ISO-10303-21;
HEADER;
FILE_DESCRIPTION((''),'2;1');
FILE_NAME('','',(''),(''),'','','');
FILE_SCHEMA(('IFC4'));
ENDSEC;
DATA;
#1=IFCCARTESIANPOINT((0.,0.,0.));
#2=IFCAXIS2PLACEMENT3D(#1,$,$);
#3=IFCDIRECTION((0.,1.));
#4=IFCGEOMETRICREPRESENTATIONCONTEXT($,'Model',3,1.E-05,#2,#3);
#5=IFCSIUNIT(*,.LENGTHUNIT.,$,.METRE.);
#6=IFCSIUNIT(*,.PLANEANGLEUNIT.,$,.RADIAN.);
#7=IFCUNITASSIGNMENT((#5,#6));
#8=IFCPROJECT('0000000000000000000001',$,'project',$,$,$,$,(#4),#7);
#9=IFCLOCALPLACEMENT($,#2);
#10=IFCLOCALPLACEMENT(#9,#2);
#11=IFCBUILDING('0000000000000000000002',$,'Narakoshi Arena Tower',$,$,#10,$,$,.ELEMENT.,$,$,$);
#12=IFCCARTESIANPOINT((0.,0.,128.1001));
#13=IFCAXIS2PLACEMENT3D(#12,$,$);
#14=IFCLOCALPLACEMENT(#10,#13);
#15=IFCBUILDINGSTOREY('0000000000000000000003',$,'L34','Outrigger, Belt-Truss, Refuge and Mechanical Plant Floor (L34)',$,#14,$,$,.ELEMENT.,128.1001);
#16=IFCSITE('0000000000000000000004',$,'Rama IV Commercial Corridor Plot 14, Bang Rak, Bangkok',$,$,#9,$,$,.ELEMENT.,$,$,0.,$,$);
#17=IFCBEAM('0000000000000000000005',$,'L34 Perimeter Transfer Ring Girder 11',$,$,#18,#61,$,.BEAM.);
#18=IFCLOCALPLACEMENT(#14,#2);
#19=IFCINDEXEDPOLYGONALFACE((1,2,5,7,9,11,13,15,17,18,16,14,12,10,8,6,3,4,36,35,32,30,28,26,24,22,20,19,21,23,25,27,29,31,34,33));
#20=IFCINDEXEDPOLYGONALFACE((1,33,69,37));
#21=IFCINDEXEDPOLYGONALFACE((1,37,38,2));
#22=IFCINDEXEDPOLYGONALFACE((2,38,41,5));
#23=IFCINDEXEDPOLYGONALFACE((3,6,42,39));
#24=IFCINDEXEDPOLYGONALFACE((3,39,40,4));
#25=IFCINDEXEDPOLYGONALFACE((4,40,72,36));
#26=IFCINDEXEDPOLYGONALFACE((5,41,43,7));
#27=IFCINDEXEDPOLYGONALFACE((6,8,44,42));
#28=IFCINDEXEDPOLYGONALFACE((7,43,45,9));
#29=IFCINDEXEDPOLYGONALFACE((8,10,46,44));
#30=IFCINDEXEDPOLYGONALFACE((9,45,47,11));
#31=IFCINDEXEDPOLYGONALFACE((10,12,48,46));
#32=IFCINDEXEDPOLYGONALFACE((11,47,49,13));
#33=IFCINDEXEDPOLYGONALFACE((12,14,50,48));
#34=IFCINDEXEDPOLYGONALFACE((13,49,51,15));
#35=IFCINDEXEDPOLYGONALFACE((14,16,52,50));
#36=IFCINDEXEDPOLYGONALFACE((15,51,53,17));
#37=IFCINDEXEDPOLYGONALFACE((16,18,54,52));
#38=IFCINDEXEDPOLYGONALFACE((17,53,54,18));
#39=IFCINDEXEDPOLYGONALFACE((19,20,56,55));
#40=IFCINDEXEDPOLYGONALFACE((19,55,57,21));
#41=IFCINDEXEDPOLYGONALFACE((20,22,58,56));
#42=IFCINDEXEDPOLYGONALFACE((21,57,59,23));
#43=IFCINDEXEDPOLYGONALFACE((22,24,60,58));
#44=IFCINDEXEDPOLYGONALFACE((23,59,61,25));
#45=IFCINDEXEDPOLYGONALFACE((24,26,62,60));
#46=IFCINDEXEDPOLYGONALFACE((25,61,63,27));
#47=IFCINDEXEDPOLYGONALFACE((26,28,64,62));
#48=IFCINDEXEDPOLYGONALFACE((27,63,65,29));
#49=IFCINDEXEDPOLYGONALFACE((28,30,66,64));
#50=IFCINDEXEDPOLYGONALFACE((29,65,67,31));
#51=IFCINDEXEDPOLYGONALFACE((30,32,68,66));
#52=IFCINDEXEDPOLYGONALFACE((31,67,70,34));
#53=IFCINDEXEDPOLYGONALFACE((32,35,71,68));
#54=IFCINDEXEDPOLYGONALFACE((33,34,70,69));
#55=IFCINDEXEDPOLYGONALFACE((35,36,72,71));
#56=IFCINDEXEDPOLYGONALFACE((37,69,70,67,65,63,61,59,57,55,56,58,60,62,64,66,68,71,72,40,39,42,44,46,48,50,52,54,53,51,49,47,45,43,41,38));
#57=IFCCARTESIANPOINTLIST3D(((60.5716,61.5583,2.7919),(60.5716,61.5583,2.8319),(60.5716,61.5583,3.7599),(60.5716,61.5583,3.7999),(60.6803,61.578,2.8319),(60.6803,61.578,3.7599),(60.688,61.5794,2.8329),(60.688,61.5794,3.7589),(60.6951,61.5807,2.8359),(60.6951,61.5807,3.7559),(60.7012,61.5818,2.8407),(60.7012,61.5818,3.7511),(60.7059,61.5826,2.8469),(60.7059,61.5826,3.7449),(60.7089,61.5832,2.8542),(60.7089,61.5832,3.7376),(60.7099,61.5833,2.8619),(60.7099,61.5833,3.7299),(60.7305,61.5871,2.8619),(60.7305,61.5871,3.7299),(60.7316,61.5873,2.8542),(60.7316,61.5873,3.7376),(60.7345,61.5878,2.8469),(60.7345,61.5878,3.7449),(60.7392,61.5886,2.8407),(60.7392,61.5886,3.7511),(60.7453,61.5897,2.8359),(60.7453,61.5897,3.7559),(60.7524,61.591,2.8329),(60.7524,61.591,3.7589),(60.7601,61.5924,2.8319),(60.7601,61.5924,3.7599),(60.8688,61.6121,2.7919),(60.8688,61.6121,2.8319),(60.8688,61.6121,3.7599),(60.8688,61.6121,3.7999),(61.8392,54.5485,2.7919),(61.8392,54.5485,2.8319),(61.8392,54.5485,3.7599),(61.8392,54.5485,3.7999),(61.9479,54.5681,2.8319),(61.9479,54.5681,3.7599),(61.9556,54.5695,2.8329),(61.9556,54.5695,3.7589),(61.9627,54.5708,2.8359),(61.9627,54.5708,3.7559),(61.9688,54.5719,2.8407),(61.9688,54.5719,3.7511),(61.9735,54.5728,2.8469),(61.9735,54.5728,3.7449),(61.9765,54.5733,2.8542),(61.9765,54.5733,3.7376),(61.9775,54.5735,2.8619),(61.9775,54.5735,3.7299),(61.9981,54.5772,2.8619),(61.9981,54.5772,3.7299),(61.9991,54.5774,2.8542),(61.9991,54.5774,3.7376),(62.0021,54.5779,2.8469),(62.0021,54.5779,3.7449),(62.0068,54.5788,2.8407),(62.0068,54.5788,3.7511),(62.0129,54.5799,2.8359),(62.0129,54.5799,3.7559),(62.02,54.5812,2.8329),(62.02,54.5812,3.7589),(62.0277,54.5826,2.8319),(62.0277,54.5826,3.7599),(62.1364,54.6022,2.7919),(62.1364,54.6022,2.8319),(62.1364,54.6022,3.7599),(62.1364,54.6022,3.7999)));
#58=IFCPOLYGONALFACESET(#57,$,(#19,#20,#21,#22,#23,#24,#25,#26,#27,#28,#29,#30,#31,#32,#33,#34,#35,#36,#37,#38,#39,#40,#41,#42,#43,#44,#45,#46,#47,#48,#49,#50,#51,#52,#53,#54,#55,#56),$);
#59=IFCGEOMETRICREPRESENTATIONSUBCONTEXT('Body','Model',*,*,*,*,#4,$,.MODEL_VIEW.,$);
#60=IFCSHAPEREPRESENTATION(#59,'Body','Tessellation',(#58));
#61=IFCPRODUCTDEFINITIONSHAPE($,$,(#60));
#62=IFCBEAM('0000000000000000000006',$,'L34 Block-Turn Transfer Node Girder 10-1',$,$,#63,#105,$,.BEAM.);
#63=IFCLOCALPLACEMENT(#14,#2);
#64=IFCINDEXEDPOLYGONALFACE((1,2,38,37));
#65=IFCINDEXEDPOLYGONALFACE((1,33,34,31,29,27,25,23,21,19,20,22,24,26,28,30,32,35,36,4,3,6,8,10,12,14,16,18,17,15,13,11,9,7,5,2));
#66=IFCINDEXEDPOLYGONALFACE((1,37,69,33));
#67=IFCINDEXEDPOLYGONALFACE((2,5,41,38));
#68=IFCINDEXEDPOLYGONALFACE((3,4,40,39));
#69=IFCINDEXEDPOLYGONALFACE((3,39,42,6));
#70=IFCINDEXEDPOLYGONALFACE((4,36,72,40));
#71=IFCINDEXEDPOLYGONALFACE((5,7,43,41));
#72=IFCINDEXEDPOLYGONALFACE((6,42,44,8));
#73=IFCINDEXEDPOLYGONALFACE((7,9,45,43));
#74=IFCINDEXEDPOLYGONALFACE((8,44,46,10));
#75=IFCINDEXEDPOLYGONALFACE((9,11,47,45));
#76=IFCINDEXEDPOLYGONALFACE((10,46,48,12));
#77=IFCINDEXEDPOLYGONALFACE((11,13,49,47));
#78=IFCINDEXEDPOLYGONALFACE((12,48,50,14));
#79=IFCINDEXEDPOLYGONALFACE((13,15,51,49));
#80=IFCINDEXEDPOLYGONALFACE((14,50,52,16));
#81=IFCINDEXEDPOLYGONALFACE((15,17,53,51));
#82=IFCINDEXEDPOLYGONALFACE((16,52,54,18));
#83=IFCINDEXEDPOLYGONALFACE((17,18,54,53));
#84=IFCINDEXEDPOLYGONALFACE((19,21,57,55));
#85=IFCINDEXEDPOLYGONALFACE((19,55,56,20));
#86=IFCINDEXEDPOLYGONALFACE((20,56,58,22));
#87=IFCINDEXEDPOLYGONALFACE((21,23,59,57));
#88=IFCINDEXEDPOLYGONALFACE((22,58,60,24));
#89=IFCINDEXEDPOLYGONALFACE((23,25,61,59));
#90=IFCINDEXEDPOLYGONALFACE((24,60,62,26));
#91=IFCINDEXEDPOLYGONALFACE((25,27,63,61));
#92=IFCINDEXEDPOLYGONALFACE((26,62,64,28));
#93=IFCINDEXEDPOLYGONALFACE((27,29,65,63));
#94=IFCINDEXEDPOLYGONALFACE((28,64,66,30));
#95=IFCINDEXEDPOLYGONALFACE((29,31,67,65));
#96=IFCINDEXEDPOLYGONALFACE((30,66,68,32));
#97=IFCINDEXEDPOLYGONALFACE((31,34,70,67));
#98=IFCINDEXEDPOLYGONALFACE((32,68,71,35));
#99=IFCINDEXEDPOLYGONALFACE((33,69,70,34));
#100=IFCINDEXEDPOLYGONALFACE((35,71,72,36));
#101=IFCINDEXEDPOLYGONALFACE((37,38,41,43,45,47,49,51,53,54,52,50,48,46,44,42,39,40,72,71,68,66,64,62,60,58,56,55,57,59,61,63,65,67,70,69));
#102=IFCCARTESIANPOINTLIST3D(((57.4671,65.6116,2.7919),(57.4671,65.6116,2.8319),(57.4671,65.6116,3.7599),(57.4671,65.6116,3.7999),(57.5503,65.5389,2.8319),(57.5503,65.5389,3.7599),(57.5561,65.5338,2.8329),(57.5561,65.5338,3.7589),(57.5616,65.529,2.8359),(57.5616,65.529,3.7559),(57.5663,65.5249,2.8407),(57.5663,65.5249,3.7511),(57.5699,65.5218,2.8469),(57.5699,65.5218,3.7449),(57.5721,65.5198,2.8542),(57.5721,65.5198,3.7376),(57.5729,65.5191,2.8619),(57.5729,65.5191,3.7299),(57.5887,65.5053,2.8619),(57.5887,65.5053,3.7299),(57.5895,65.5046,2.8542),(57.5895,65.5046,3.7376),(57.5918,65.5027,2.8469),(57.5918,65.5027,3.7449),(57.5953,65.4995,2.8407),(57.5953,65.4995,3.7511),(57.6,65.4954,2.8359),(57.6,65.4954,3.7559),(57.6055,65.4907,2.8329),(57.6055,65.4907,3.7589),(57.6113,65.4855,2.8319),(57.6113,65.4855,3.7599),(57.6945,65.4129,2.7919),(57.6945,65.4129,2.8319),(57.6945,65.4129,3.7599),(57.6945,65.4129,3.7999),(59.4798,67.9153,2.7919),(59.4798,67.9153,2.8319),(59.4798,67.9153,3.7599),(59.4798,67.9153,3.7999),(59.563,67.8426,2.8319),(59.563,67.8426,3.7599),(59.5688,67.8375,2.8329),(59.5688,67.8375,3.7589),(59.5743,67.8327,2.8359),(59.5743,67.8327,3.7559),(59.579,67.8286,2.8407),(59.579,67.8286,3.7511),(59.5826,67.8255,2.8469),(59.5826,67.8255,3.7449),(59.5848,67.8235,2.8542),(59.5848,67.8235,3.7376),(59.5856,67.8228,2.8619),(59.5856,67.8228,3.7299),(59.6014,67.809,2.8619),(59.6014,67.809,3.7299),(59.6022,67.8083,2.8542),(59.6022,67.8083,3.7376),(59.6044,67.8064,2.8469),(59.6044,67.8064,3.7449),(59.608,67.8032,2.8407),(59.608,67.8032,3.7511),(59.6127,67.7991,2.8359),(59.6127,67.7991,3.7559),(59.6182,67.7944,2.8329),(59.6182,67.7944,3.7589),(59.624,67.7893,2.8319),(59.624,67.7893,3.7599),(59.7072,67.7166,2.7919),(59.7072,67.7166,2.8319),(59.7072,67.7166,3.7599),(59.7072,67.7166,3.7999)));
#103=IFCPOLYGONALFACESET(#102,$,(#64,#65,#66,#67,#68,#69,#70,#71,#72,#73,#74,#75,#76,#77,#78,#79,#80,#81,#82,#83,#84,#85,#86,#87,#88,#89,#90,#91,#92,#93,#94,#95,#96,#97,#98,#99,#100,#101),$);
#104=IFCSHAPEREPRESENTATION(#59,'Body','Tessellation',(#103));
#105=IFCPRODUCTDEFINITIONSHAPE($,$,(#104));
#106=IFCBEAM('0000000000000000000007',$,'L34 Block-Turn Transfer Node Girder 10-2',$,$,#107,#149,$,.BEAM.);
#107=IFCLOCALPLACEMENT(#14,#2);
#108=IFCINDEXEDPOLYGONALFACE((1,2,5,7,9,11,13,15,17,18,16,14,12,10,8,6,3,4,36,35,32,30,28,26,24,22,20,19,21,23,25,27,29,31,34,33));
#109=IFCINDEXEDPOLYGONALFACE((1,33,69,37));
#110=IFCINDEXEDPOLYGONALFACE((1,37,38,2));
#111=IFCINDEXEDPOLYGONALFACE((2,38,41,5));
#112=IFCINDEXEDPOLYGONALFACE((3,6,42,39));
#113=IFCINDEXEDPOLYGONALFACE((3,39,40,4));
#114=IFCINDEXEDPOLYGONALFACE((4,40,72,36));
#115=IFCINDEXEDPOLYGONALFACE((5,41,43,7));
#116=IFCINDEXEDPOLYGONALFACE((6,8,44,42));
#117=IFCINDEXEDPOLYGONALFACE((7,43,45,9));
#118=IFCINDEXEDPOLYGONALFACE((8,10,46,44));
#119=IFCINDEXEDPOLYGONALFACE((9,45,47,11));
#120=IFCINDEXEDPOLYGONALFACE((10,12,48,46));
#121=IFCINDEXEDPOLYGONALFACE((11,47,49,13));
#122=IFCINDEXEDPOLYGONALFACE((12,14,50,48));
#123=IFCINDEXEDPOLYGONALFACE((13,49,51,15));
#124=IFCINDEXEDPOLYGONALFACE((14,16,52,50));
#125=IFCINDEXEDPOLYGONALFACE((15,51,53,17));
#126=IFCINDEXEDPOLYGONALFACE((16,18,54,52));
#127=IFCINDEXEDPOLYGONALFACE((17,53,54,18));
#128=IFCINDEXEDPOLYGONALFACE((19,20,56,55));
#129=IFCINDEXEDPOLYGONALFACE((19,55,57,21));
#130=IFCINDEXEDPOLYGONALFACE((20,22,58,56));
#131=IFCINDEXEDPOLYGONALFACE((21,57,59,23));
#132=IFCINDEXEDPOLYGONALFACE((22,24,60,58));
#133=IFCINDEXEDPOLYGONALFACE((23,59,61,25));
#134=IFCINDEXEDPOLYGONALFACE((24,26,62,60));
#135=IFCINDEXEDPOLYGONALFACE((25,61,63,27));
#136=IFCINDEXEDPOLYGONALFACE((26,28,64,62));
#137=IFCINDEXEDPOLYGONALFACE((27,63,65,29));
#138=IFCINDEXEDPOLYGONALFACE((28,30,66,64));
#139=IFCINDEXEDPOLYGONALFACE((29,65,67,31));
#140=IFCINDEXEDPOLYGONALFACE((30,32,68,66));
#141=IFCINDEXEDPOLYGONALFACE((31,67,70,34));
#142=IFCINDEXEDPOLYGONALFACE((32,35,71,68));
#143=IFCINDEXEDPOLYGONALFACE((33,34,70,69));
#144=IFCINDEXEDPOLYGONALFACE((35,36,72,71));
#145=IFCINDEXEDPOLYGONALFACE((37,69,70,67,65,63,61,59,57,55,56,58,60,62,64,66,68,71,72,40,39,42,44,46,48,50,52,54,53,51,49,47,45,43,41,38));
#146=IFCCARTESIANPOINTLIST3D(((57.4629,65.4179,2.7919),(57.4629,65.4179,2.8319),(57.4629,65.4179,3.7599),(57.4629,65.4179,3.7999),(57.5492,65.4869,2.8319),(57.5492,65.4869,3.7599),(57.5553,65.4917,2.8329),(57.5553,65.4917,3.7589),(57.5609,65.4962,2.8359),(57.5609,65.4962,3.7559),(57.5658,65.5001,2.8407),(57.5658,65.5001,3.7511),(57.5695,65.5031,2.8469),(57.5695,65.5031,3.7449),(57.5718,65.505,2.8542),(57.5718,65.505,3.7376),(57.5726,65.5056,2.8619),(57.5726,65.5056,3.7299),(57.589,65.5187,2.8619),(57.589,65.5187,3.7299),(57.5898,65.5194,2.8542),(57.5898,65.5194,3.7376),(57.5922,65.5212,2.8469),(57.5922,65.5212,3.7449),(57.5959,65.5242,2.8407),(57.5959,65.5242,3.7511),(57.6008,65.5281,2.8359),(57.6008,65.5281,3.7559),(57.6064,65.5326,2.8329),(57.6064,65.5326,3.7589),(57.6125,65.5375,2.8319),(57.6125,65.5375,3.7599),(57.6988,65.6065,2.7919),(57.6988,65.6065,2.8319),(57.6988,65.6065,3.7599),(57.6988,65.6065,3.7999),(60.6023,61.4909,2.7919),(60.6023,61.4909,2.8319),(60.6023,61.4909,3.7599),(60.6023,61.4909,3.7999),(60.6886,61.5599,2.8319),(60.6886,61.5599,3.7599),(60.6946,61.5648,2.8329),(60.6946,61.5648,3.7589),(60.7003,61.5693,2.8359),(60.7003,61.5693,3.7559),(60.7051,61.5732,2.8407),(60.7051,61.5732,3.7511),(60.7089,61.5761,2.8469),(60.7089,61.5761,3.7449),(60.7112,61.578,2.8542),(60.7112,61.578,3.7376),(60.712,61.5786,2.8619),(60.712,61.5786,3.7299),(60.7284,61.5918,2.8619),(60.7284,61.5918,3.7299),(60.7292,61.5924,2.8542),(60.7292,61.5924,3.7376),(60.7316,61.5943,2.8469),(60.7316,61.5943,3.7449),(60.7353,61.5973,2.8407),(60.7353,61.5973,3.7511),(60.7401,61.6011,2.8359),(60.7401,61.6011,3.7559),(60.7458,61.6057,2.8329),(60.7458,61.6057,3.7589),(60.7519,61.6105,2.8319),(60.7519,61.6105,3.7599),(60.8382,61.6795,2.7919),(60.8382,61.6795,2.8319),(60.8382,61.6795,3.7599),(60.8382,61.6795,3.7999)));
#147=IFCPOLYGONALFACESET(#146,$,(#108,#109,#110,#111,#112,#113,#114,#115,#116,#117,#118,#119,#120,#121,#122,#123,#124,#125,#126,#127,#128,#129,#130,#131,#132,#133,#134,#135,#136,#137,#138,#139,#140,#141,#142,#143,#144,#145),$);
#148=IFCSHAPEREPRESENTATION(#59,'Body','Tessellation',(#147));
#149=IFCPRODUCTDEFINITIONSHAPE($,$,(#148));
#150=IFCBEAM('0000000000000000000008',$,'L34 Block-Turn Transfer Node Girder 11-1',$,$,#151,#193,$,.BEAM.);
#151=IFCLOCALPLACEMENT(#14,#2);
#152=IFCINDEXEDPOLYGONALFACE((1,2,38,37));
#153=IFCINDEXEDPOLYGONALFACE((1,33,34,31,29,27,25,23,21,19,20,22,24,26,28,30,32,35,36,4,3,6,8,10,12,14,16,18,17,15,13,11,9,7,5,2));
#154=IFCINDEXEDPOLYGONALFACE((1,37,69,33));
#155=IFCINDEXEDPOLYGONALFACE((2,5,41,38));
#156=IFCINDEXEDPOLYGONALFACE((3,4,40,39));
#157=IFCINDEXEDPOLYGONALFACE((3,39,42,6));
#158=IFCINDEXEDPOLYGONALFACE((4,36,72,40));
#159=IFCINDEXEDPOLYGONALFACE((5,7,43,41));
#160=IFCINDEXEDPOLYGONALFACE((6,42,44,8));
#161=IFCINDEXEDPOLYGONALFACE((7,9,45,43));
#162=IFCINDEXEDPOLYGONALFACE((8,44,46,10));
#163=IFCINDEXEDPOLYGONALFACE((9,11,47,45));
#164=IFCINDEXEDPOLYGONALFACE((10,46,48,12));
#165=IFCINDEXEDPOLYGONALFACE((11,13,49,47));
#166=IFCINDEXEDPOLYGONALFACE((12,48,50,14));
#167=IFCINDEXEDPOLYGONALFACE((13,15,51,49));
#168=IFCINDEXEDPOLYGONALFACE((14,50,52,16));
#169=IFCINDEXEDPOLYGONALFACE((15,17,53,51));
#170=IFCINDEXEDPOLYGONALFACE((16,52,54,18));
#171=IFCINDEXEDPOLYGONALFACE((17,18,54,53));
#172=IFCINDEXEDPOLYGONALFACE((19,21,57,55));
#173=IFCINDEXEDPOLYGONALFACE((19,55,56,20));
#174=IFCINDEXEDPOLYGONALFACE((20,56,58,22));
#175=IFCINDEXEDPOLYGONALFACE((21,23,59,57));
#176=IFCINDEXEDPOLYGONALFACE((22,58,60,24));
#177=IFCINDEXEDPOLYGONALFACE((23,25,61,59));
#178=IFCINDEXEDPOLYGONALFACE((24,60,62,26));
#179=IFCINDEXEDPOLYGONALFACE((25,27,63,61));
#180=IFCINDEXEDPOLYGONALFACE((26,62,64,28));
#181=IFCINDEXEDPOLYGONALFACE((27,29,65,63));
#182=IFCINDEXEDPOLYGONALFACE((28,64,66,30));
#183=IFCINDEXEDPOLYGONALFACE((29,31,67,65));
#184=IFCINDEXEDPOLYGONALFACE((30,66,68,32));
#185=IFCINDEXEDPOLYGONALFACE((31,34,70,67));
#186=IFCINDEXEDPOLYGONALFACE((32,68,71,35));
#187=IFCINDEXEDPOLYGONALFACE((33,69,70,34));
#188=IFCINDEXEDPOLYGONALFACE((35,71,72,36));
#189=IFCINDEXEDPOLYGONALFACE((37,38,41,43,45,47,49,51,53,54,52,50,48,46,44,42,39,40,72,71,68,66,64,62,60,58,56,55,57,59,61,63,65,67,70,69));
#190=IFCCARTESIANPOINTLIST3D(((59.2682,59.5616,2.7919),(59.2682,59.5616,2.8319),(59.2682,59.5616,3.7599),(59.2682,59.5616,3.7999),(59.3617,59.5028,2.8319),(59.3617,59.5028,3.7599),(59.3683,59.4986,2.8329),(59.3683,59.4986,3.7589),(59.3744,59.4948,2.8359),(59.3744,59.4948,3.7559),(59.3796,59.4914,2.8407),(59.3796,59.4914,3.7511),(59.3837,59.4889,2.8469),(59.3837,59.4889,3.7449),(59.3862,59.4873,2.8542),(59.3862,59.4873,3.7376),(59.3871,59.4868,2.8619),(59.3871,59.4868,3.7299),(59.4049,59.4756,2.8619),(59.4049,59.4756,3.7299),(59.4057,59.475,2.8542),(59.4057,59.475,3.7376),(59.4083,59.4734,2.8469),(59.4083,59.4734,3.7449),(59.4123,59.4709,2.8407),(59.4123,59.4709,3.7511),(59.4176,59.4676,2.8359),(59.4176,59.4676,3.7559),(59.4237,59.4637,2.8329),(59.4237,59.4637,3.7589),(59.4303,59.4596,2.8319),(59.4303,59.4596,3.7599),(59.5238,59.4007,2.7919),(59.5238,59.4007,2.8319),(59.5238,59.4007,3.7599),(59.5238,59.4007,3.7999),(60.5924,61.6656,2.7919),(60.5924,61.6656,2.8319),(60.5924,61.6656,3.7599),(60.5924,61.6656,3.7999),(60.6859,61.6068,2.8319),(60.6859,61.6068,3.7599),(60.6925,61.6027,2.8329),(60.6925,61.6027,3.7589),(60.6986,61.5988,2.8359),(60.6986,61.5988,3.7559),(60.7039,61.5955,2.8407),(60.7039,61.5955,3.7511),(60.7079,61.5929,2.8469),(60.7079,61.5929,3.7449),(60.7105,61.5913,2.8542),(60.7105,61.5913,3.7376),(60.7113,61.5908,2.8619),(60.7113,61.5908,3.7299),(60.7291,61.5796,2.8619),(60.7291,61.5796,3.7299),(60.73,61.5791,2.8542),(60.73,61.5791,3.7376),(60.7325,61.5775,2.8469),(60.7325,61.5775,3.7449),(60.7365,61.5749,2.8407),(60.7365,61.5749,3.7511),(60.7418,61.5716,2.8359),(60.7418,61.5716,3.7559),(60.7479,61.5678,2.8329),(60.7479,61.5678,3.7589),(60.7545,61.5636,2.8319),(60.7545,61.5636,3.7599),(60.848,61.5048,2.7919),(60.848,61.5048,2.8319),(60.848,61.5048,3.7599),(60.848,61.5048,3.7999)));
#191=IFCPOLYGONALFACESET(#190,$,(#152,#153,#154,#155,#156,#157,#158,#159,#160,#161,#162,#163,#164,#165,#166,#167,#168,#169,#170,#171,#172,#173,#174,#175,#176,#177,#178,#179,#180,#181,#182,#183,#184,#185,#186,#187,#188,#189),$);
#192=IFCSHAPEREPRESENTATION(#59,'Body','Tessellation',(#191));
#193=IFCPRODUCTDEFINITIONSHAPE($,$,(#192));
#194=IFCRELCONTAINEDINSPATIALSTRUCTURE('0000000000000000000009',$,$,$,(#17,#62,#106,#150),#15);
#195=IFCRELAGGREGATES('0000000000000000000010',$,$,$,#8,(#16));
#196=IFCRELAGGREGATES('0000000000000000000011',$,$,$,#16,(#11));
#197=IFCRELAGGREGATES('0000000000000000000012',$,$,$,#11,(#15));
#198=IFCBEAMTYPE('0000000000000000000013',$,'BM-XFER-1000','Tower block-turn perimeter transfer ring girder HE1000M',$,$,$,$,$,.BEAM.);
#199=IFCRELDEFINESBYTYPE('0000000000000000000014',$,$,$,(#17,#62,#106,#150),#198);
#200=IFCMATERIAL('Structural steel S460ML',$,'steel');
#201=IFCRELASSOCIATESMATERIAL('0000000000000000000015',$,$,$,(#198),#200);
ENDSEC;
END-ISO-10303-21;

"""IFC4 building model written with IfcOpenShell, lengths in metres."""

from ifc_helpers import new_model, si_unit, direction, frame, origin, origin_2d, place, context, subcontext, project, spatial, i_section, extrude, material, material_profile, profile_set, type_object, element, save


model = new_model("IFC4")

# Units and contexts
model_context = context("Model", 3, precision=1e-05, world=origin(), true_north=direction((0.0, 1.0)))
body_context = subcontext(model_context, "Body", "Model", "MODEL_VIEW")
ifc_project = project(units=[si_unit("LENGTHUNIT", "METRE"), si_unit("PLANEANGLEUNIT", "RADIAN")], contexts=[model_context])

# Site, building, storey
site_placement = place(None, origin())
site = spatial("IfcSite", under=ifc_project, at=site_placement, Name="Rama IV Commercial Corridor Plot 14, Bang Rak, Bangkok", CompositionType="ELEMENT", RefElevation=0.0)
building_placement = place(site_placement, origin())
building = spatial("IfcBuilding", under=site, at=building_placement, Name="Narakoshi Arena Tower", CompositionType="ELEMENT")
storey_placement = place(building_placement, frame((0.0, 0.0, 128.1001)))
storey = spatial("IfcBuildingStorey", under=building, at=storey_placement, Name="L34", Description="Outrigger, Belt-Truss, Refuge and Mechanical Plant Floor (L34)", CompositionType="ELEMENT", Elevation=128.1001)

# Shared definitions
ifc_material_1 = material(Name="Structural steel S460ML", Category="steel")

# Beams
ifc_material_profile_1 = material_profile(ifc_material_1, i_section(OverallWidth=0.302, OverallDepth=1.0081, WebThickness=0.021, FlangeThickness=0.04, FilletRadius=0.03, at=origin_2d()), Name="HE1000M")
ifc_profile_set_1 = profile_set([ifc_material_profile_1], Name="Structural steel S460ML")
beam_type_1 = type_object("IfcBeamType", Name="BM-XFER-1000", Description="Tower block-turn perimeter transfer ring girder HE1000M", PredefinedType="BEAM", material=ifc_profile_set_1)
beam_1_placement = place(storey_placement, frame((60.7202, 61.5852, 3.2959), z_axis=(0.177944, -0.984041, 0.0), x_axis=(0.984041, 0.177944, 0.0)))
element("IfcBeam", 1, at=beam_1_placement, inside=storey, type_object=beam_type_1, Name="L34 Perimeter Transfer Ring Girder 11", PredefinedType="BEAM", context=body_context, shape_type="SweptSolid", body=[
    extrude(i_section(OverallWidth=0.302, OverallDepth=1.0081, WebThickness=0.021, FlangeThickness=0.04, FilletRadius=0.03, at=origin_2d()), origin(), (0.0, 0.0, 1.0), 7.1235),
])
beam_2_placement = place(storey_placement, frame((59.5935, 67.8159, 3.2959), z_axis=(-0.657939, -0.753071, 0.0), x_axis=(0.753071, -0.657939, 0.0)))
element("IfcBeam", 2, at=beam_2_placement, inside=storey, type_object=beam_type_1, Name="L34 Block-Turn Transfer Node Girder 10-1", PredefinedType="BEAM", context=body_context, shape_type="SweptSolid", body=[
    extrude(i_section(OverallWidth=0.302, OverallDepth=1.0081, WebThickness=0.021, FlangeThickness=0.04, FilletRadius=0.03, at=origin_2d()), origin(), (0.0, 0.0, 1.0), 3.0591),
])
beam_3_placement = place(storey_placement, frame((60.7202, 61.5852, 3.2959), z_axis=(-0.624429, 0.781082, 0.0), x_axis=(-0.781082, -0.624429, 0.0)))
element("IfcBeam", 3, at=beam_3_placement, inside=storey, type_object=beam_type_1, Name="L34 Block-Turn Transfer Node Girder 10-2", PredefinedType="BEAM", context=body_context, shape_type="SweptSolid", body=[
    extrude(i_section(OverallWidth=0.302, OverallDepth=1.0081, WebThickness=0.021, FlangeThickness=0.04, FilletRadius=0.03, at=origin_2d()), origin(), (0.0, 0.0, 1.0), 5.0276),
])
beam_4_placement = place(storey_placement, frame((60.7202, 61.5852, 3.2959), z_axis=(-0.532662, -0.846328, 0.0), x_axis=(0.846328, -0.532662, 0.0)))
element("IfcBeam", 4, at=beam_4_placement, inside=storey, type_object=beam_type_1, Name="L34 Block-Turn Transfer Node Girder 11-1", PredefinedType="BEAM", context=body_context, shape_type="SweptSolid", body=[
    extrude(i_section(OverallWidth=0.302, OverallDepth=1.0081, WebThickness=0.021, FlangeThickness=0.04, FilletRadius=0.03, at=origin_2d()), origin(), (0.0, 0.0, 1.0), 2.4861),
])

save(model, "model.ifc")
